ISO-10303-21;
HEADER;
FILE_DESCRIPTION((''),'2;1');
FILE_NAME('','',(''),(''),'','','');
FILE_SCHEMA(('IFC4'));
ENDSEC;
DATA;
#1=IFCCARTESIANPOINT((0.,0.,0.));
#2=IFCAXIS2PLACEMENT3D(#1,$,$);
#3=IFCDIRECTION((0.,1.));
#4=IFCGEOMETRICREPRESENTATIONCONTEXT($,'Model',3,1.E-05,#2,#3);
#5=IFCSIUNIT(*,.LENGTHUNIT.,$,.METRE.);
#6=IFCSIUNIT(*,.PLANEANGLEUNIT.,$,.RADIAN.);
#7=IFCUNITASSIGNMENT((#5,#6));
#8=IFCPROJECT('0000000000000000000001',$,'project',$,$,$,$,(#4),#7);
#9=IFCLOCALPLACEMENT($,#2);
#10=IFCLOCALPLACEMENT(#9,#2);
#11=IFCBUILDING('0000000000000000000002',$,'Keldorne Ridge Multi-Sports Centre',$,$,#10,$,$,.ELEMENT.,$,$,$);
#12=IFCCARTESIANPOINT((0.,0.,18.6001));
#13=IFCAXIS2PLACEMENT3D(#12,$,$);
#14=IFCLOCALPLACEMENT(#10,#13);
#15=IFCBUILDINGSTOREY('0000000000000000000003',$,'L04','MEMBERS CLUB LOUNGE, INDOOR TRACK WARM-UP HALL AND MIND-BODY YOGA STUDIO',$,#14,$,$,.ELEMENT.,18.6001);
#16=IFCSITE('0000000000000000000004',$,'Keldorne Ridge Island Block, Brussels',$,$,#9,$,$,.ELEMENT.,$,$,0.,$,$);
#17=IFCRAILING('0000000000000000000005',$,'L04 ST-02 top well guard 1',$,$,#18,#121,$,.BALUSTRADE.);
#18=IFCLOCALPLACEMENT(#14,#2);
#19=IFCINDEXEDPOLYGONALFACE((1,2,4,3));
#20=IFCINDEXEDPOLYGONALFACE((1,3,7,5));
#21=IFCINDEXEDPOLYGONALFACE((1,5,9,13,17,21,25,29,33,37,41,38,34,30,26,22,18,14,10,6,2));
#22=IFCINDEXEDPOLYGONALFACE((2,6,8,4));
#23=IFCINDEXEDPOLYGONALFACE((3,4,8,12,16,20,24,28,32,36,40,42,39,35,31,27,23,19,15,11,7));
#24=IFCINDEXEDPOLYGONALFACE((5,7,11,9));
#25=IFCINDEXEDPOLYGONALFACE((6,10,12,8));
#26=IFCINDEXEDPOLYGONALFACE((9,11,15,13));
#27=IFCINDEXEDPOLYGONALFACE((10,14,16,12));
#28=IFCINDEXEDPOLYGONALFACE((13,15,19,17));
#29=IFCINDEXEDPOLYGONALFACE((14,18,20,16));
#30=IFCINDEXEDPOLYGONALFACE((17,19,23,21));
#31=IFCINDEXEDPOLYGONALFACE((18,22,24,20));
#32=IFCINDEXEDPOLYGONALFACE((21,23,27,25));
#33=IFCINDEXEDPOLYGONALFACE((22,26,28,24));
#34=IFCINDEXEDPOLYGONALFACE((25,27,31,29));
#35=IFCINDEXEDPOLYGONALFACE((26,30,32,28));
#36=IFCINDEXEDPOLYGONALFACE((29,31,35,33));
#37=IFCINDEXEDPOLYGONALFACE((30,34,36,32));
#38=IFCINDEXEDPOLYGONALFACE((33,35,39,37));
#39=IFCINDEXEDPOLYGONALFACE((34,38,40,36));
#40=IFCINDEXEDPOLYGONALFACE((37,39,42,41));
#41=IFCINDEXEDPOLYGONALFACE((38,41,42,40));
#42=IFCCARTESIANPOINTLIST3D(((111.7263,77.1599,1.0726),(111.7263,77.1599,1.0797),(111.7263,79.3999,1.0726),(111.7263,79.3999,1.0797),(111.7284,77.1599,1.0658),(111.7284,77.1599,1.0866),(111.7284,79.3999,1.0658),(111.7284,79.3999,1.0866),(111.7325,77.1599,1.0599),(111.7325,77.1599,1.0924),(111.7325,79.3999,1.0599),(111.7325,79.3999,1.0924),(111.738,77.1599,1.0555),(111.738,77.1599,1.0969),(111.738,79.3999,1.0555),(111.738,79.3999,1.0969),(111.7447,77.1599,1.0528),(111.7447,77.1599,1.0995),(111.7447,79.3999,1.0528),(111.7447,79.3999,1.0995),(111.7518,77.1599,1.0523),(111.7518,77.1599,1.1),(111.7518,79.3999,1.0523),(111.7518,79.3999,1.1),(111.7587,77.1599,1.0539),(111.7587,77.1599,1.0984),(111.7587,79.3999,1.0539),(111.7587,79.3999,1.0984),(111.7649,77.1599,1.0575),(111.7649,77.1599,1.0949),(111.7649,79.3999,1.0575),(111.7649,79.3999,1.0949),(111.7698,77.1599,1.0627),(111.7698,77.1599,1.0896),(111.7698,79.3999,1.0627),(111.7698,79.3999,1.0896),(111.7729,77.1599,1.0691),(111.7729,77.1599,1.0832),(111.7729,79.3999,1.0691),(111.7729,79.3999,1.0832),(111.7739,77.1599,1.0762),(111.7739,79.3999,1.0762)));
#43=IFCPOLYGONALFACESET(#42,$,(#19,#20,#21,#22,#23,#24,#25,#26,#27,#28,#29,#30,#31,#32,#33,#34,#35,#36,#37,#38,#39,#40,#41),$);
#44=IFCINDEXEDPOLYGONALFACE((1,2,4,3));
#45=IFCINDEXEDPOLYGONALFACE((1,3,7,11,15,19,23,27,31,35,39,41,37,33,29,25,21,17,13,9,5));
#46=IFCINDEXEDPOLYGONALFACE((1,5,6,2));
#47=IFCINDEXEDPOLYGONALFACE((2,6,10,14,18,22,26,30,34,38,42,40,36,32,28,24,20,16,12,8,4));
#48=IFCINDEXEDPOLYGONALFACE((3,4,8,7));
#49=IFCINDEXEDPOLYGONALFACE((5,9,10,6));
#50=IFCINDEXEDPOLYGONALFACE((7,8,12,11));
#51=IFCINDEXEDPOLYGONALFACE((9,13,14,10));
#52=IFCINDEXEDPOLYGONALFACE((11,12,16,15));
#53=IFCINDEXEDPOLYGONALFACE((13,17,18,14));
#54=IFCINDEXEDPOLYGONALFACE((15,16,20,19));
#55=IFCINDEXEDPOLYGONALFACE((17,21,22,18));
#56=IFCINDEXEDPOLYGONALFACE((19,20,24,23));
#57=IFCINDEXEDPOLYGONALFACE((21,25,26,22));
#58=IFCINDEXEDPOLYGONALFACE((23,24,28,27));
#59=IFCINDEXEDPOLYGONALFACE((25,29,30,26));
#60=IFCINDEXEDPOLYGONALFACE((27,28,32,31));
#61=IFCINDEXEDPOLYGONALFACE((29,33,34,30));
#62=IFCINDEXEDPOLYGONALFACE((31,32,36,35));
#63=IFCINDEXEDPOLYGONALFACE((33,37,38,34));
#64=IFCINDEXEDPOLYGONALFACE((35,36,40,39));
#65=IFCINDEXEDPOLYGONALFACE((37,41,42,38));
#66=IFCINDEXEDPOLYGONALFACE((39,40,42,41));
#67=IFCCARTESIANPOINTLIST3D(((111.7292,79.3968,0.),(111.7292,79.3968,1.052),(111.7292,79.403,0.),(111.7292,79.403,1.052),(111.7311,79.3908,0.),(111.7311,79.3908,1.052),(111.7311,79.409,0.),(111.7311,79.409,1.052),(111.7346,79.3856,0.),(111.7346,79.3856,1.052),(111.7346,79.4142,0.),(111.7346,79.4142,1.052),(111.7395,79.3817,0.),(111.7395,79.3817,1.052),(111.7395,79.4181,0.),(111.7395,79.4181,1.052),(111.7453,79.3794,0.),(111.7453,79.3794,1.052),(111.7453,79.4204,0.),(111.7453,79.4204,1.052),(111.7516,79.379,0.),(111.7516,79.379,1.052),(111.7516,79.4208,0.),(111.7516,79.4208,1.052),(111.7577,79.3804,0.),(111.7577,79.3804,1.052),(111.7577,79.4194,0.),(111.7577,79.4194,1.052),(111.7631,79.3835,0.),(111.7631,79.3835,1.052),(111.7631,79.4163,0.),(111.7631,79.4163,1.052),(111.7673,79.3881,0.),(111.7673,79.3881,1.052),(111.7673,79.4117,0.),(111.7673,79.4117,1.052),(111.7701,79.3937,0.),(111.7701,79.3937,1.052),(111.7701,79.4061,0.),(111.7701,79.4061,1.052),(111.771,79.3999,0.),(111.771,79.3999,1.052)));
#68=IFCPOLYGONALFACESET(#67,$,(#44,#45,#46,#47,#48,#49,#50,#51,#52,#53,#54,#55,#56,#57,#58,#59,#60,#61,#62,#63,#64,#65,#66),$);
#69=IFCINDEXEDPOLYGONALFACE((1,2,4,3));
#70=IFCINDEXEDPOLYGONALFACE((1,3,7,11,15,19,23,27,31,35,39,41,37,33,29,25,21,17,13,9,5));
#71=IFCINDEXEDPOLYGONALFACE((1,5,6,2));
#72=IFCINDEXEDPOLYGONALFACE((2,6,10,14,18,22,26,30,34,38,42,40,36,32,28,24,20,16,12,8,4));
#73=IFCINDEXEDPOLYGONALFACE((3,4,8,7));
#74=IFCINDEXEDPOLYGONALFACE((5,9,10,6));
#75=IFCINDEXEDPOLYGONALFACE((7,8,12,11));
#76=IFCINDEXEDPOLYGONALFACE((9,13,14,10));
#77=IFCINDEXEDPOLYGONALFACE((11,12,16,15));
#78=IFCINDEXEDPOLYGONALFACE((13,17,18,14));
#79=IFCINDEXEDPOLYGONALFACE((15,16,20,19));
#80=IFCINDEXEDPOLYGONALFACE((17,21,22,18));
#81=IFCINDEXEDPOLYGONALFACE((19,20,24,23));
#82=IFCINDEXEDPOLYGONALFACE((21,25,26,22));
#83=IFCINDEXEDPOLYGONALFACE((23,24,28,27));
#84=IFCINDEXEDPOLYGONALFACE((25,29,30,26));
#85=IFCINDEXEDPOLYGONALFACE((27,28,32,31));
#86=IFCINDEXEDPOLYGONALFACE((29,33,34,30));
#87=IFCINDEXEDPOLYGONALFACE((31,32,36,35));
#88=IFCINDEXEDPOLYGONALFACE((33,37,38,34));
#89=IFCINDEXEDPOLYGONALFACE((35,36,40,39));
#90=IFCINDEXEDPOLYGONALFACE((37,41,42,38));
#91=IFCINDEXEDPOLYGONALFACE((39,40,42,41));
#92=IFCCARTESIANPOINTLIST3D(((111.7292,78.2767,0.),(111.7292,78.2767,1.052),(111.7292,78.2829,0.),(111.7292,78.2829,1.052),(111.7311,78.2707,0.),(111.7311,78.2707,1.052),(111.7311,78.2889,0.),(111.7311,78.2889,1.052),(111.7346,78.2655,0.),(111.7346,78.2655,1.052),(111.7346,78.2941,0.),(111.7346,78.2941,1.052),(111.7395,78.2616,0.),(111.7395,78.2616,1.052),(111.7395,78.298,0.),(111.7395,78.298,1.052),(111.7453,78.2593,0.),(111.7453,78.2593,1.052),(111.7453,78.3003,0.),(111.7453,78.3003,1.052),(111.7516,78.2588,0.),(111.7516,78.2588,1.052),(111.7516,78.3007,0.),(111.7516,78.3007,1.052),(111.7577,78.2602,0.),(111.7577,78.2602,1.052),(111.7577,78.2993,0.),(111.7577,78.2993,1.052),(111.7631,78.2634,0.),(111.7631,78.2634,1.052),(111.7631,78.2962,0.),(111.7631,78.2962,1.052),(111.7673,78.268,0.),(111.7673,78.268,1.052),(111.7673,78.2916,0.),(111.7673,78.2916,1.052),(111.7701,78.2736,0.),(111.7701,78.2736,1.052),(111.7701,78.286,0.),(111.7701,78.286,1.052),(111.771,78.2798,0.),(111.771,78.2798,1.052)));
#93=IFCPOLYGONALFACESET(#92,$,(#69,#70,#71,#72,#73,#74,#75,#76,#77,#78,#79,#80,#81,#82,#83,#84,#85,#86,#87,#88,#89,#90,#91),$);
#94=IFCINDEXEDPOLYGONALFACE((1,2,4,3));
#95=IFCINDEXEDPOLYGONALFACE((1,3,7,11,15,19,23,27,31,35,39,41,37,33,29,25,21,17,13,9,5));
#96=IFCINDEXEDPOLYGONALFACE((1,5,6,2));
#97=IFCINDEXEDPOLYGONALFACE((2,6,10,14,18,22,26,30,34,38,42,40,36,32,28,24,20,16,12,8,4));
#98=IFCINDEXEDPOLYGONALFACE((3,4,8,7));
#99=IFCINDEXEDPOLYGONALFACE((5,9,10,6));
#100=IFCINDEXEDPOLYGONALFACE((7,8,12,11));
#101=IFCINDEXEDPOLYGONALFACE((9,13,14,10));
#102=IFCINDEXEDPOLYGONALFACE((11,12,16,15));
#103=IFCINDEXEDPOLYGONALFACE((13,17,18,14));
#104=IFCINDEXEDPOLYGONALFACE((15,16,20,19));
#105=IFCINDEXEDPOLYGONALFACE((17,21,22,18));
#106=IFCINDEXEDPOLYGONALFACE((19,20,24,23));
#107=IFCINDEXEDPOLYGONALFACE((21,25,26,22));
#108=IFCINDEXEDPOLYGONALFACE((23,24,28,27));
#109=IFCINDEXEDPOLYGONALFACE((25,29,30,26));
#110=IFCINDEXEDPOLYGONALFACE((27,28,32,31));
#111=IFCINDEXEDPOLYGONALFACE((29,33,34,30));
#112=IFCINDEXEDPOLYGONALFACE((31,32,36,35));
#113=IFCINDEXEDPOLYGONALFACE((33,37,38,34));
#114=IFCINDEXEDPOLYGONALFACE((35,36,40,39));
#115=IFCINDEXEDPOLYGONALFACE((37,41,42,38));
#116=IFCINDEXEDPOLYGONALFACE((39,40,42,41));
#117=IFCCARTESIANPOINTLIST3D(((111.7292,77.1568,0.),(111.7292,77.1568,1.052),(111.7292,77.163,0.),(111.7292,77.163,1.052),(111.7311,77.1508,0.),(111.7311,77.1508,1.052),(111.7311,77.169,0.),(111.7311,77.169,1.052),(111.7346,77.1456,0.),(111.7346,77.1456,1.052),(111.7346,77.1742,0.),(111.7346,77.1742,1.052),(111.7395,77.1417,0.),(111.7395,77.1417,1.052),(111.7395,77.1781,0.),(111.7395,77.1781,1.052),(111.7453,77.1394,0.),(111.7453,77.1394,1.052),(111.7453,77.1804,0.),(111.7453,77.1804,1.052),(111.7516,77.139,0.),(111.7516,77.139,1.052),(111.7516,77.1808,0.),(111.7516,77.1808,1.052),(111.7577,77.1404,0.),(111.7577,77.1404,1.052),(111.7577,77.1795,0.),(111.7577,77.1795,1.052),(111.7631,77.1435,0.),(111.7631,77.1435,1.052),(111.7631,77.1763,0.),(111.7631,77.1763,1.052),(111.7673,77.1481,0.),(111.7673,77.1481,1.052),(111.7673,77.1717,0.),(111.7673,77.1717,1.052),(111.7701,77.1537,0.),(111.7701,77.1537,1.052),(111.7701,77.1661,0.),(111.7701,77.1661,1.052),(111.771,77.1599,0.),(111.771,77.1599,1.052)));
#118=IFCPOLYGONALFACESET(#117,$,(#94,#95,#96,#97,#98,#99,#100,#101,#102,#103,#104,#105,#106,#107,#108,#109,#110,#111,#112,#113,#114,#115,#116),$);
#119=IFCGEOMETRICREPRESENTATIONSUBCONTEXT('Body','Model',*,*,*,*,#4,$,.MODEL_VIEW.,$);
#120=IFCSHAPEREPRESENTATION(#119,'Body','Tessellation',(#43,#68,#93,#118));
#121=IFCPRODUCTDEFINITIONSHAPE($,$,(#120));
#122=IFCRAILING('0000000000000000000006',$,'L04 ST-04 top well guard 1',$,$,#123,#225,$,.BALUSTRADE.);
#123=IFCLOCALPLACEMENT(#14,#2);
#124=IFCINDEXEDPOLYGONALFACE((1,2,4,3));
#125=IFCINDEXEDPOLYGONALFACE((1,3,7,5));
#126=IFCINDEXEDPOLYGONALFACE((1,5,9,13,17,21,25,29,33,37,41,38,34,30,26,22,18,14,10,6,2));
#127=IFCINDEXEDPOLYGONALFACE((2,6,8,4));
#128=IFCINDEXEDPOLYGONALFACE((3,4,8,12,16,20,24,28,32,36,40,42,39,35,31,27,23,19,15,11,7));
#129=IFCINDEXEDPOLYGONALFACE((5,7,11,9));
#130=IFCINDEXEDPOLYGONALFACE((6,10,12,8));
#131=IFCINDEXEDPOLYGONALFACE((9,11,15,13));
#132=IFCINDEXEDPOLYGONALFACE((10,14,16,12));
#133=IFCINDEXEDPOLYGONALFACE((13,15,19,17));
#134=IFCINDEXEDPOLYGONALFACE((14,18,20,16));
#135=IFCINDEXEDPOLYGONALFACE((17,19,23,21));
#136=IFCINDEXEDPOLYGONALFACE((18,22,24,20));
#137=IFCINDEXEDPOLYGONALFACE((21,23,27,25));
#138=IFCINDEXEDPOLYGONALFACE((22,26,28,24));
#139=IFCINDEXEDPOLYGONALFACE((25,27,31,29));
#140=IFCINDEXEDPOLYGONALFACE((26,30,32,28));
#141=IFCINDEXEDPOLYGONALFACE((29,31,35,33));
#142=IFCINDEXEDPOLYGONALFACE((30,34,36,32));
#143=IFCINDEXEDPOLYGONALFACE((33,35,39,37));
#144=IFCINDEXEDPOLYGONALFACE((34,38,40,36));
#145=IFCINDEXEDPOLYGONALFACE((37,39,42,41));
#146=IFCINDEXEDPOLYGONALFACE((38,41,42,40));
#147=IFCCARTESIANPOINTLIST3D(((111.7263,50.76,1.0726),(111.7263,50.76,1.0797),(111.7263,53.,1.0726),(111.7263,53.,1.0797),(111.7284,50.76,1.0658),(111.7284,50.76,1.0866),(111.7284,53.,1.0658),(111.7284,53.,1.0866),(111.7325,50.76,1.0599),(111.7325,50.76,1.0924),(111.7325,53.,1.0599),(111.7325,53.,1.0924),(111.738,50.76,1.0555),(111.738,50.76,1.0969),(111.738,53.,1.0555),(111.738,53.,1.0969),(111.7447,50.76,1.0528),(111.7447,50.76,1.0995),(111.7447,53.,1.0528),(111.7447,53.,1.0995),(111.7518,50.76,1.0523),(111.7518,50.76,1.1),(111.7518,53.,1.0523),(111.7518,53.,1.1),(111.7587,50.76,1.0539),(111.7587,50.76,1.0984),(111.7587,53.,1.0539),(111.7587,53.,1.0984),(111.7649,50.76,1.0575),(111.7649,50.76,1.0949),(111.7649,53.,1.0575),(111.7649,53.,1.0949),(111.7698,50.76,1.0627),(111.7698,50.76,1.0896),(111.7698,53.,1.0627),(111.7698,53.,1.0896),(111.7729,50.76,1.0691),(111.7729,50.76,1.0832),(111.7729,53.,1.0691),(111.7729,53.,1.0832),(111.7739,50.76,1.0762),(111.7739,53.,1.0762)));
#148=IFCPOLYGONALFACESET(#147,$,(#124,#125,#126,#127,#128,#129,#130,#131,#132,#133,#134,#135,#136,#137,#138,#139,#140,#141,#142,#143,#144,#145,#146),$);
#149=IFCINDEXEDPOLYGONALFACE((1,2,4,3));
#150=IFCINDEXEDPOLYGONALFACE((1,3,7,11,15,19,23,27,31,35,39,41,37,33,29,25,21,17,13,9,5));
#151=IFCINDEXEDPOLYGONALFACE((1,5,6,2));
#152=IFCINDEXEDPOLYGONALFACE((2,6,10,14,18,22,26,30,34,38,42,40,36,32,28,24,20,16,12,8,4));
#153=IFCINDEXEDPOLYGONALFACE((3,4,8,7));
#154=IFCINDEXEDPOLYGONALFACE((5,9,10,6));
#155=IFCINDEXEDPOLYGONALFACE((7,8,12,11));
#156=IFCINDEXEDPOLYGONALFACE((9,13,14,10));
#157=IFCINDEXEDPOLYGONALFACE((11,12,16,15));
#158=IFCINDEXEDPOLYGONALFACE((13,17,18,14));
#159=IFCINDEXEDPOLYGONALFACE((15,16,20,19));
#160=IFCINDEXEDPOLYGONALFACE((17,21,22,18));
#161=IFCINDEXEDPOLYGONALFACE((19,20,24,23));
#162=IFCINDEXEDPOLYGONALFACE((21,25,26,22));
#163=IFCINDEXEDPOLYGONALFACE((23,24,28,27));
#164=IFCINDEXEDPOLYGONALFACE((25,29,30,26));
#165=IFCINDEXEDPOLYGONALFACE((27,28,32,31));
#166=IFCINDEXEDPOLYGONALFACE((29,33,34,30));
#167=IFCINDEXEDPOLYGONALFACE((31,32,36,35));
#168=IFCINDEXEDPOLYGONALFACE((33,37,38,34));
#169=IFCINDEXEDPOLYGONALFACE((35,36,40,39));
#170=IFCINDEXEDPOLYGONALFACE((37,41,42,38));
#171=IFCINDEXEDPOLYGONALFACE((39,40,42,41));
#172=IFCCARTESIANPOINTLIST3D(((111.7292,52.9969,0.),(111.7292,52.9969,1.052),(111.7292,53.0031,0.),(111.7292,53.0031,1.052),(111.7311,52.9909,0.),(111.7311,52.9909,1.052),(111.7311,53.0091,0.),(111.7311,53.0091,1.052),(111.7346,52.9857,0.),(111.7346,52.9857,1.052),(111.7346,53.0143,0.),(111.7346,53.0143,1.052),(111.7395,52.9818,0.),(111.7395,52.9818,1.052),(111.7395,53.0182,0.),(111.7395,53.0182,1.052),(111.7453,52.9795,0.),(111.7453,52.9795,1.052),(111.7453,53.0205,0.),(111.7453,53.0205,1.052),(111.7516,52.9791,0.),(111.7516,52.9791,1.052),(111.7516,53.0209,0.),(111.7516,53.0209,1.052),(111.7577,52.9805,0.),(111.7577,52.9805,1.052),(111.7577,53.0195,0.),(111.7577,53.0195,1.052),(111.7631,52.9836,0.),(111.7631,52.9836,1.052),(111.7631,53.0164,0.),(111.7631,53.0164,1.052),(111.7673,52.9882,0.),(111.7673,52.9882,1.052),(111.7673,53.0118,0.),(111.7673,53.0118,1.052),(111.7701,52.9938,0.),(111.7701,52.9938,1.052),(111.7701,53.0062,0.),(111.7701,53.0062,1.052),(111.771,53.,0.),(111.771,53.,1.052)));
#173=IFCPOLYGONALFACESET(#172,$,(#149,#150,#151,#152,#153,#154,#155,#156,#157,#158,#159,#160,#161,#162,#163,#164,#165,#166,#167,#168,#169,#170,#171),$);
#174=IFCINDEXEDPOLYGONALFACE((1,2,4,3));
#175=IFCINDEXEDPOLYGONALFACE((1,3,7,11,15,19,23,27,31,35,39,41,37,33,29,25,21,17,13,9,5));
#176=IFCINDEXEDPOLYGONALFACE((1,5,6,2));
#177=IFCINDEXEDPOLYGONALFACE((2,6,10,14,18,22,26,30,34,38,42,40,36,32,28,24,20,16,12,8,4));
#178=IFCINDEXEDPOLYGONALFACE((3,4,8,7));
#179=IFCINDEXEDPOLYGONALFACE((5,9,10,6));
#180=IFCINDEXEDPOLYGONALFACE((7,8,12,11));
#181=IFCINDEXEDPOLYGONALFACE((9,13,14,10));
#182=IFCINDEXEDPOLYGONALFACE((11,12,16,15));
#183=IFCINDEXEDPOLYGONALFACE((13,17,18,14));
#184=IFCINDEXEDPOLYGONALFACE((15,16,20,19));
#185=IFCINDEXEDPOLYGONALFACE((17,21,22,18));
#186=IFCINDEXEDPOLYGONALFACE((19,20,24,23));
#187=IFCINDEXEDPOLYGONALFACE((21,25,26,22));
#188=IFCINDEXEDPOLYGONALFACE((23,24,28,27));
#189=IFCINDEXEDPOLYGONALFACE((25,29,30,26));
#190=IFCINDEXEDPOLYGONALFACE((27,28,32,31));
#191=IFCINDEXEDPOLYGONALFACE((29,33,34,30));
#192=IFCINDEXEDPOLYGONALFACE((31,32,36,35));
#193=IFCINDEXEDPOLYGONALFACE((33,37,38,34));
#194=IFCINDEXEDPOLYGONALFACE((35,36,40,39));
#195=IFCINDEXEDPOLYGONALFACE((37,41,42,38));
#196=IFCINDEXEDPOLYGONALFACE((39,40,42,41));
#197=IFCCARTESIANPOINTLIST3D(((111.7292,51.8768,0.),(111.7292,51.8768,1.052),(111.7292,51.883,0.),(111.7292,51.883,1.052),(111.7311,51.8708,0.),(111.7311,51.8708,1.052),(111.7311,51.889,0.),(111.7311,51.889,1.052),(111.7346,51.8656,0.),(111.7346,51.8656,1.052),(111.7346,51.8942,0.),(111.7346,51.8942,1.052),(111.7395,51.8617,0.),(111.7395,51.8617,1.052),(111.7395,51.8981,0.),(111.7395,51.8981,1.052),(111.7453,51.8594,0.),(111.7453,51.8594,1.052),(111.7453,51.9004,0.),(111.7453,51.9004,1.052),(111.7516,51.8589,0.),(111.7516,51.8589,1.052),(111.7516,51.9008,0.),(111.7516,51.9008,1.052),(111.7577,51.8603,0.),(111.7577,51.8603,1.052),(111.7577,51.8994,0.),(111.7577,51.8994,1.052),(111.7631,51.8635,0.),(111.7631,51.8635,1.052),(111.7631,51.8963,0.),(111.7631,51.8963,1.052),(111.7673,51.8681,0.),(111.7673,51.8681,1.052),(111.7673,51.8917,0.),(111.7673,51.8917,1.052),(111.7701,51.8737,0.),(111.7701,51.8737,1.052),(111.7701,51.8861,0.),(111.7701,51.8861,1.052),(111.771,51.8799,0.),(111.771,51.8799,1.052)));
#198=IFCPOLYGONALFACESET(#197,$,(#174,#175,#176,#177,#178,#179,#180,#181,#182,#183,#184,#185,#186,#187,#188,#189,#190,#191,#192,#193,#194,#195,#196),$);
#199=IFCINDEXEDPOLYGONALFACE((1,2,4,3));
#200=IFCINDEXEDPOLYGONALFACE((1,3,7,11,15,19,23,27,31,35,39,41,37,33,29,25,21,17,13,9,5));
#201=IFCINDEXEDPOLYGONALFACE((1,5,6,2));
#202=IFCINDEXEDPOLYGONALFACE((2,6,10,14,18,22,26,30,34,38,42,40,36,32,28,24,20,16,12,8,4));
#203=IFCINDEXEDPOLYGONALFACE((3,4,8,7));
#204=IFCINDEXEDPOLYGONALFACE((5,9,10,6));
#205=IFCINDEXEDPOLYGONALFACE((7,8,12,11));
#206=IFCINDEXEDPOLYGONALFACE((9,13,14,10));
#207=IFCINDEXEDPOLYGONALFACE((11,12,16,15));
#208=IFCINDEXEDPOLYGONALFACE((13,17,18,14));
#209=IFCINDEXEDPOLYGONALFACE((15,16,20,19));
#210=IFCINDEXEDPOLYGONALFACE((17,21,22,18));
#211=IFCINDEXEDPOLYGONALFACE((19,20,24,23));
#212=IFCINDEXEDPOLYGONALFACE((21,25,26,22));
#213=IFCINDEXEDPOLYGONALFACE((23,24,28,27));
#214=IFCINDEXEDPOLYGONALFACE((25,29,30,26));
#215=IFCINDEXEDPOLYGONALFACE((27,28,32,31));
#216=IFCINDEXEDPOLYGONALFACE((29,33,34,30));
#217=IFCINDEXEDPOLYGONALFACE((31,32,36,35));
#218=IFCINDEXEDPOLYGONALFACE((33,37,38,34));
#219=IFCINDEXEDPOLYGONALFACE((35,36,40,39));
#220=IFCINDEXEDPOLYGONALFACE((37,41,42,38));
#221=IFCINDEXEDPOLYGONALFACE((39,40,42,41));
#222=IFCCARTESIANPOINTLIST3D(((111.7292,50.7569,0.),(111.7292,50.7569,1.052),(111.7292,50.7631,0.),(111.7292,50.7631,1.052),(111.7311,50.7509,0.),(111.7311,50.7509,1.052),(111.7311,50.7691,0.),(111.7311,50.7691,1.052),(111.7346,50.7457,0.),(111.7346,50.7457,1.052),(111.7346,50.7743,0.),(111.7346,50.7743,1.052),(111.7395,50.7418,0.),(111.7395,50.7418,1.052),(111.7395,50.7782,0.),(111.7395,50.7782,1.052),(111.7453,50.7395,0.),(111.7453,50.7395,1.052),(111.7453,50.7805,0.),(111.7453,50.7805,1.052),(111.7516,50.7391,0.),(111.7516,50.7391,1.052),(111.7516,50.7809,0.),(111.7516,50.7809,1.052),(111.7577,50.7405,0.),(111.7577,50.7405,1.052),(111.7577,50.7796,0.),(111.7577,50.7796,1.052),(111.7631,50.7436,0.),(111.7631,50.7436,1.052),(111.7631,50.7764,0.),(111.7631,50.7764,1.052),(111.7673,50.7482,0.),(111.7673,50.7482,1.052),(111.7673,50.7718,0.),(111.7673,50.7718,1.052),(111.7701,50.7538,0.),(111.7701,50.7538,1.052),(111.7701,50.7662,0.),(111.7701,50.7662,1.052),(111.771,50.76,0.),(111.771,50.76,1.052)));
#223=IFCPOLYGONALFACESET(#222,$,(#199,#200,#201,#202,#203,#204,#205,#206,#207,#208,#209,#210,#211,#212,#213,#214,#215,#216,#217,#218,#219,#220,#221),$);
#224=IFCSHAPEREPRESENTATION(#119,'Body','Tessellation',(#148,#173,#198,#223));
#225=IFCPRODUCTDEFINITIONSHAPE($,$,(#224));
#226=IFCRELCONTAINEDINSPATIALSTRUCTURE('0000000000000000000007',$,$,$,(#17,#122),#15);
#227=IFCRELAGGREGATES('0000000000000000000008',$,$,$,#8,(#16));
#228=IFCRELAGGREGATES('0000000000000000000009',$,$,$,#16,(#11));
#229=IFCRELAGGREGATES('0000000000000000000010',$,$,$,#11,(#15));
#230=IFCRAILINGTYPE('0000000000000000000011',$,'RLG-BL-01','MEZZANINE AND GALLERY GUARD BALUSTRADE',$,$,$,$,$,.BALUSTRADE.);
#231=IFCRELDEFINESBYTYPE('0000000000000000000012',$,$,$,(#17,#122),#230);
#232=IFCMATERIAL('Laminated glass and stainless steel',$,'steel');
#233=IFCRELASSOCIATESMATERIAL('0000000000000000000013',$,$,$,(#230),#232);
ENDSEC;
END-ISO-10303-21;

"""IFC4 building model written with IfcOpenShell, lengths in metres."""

from ifc_helpers import new_model, si_unit, direction, frame, origin, origin_2d, place, context, subcontext, project, spatial, circle, extrude, material, type_object, element, save


model = new_model("IFC4")

# Units and contexts
model_context = context("Model", 3, precision=1e-05, world=origin(), true_north=direction((0.0, 1.0)))
body_context = subcontext(model_context, "Body", "Model", "MODEL_VIEW")
ifc_project = project(units=[si_unit("LENGTHUNIT", "METRE"), si_unit("PLANEANGLEUNIT", "RADIAN")], contexts=[model_context])

# Site, building, storey
site_placement = place(None, origin())
site = spatial("IfcSite", under=ifc_project, at=site_placement, Name="Keldorne Ridge Island Block, Brussels", CompositionType="ELEMENT", RefElevation=0.0)
building_placement = place(site_placement, origin())
building = spatial("IfcBuilding", under=site, at=building_placement, Name="Keldorne Ridge Multi-Sports Centre", CompositionType="ELEMENT")
storey_placement = place(building_placement, frame((0.0, 0.0, 18.6001)))
storey = spatial("IfcBuildingStorey", under=building, at=storey_placement, Name="L04", Description="MEMBERS CLUB LOUNGE, INDOOR TRACK WARM-UP HALL AND MIND-BODY YOGA STUDIO", CompositionType="ELEMENT", Elevation=18.6001)

# Railings
ifc_material_1 = material(Name="Laminated glass and stainless steel", Category="steel")
railing_type_1 = type_object("IfcRailingType", Name="RLG-BL-01", Description="MEZZANINE AND GALLERY GUARD BALUSTRADE", PredefinedType="BALUSTRADE", material=ifc_material_1)
for number, where, name in (
    (1, (111.75, 79.3999, 0.0), "L04 ST-02 top well guard 1"),
    (2, (111.75, 53.0, 0.0), "L04 ST-04 top well guard 1"),
):
    element("IfcRailing", number, at=place(storey_placement, frame(where)), inside=storey, type_object=railing_type_1, Name=name, PredefinedType="BALUSTRADE", context=body_context, shape_type="SweptSolid", body=[
        extrude(circle(Radius=0.0239, at=origin_2d()), frame((0.0, 0.0, 1.0762), z_axis=(0.0, -1.0, 0.0), x_axis=(1.0, 0.0, 0.0)), (0.0, 0.0, 1.0), 2.24),
        extrude(circle(Radius=0.021, at=origin_2d()), origin(), (0.0, 0.0, 1.0), 1.052),
        extrude(circle(Radius=0.021, at=origin_2d()), frame((0.0, -1.1201, 0.0)), (0.0, 0.0, 1.0), 1.052),
        extrude(circle(Radius=0.021, at=origin_2d()), frame((0.0, -2.24, 0.0)), (0.0, 0.0, 1.0), 1.052),
    ])

save(model, "model.ifc")
